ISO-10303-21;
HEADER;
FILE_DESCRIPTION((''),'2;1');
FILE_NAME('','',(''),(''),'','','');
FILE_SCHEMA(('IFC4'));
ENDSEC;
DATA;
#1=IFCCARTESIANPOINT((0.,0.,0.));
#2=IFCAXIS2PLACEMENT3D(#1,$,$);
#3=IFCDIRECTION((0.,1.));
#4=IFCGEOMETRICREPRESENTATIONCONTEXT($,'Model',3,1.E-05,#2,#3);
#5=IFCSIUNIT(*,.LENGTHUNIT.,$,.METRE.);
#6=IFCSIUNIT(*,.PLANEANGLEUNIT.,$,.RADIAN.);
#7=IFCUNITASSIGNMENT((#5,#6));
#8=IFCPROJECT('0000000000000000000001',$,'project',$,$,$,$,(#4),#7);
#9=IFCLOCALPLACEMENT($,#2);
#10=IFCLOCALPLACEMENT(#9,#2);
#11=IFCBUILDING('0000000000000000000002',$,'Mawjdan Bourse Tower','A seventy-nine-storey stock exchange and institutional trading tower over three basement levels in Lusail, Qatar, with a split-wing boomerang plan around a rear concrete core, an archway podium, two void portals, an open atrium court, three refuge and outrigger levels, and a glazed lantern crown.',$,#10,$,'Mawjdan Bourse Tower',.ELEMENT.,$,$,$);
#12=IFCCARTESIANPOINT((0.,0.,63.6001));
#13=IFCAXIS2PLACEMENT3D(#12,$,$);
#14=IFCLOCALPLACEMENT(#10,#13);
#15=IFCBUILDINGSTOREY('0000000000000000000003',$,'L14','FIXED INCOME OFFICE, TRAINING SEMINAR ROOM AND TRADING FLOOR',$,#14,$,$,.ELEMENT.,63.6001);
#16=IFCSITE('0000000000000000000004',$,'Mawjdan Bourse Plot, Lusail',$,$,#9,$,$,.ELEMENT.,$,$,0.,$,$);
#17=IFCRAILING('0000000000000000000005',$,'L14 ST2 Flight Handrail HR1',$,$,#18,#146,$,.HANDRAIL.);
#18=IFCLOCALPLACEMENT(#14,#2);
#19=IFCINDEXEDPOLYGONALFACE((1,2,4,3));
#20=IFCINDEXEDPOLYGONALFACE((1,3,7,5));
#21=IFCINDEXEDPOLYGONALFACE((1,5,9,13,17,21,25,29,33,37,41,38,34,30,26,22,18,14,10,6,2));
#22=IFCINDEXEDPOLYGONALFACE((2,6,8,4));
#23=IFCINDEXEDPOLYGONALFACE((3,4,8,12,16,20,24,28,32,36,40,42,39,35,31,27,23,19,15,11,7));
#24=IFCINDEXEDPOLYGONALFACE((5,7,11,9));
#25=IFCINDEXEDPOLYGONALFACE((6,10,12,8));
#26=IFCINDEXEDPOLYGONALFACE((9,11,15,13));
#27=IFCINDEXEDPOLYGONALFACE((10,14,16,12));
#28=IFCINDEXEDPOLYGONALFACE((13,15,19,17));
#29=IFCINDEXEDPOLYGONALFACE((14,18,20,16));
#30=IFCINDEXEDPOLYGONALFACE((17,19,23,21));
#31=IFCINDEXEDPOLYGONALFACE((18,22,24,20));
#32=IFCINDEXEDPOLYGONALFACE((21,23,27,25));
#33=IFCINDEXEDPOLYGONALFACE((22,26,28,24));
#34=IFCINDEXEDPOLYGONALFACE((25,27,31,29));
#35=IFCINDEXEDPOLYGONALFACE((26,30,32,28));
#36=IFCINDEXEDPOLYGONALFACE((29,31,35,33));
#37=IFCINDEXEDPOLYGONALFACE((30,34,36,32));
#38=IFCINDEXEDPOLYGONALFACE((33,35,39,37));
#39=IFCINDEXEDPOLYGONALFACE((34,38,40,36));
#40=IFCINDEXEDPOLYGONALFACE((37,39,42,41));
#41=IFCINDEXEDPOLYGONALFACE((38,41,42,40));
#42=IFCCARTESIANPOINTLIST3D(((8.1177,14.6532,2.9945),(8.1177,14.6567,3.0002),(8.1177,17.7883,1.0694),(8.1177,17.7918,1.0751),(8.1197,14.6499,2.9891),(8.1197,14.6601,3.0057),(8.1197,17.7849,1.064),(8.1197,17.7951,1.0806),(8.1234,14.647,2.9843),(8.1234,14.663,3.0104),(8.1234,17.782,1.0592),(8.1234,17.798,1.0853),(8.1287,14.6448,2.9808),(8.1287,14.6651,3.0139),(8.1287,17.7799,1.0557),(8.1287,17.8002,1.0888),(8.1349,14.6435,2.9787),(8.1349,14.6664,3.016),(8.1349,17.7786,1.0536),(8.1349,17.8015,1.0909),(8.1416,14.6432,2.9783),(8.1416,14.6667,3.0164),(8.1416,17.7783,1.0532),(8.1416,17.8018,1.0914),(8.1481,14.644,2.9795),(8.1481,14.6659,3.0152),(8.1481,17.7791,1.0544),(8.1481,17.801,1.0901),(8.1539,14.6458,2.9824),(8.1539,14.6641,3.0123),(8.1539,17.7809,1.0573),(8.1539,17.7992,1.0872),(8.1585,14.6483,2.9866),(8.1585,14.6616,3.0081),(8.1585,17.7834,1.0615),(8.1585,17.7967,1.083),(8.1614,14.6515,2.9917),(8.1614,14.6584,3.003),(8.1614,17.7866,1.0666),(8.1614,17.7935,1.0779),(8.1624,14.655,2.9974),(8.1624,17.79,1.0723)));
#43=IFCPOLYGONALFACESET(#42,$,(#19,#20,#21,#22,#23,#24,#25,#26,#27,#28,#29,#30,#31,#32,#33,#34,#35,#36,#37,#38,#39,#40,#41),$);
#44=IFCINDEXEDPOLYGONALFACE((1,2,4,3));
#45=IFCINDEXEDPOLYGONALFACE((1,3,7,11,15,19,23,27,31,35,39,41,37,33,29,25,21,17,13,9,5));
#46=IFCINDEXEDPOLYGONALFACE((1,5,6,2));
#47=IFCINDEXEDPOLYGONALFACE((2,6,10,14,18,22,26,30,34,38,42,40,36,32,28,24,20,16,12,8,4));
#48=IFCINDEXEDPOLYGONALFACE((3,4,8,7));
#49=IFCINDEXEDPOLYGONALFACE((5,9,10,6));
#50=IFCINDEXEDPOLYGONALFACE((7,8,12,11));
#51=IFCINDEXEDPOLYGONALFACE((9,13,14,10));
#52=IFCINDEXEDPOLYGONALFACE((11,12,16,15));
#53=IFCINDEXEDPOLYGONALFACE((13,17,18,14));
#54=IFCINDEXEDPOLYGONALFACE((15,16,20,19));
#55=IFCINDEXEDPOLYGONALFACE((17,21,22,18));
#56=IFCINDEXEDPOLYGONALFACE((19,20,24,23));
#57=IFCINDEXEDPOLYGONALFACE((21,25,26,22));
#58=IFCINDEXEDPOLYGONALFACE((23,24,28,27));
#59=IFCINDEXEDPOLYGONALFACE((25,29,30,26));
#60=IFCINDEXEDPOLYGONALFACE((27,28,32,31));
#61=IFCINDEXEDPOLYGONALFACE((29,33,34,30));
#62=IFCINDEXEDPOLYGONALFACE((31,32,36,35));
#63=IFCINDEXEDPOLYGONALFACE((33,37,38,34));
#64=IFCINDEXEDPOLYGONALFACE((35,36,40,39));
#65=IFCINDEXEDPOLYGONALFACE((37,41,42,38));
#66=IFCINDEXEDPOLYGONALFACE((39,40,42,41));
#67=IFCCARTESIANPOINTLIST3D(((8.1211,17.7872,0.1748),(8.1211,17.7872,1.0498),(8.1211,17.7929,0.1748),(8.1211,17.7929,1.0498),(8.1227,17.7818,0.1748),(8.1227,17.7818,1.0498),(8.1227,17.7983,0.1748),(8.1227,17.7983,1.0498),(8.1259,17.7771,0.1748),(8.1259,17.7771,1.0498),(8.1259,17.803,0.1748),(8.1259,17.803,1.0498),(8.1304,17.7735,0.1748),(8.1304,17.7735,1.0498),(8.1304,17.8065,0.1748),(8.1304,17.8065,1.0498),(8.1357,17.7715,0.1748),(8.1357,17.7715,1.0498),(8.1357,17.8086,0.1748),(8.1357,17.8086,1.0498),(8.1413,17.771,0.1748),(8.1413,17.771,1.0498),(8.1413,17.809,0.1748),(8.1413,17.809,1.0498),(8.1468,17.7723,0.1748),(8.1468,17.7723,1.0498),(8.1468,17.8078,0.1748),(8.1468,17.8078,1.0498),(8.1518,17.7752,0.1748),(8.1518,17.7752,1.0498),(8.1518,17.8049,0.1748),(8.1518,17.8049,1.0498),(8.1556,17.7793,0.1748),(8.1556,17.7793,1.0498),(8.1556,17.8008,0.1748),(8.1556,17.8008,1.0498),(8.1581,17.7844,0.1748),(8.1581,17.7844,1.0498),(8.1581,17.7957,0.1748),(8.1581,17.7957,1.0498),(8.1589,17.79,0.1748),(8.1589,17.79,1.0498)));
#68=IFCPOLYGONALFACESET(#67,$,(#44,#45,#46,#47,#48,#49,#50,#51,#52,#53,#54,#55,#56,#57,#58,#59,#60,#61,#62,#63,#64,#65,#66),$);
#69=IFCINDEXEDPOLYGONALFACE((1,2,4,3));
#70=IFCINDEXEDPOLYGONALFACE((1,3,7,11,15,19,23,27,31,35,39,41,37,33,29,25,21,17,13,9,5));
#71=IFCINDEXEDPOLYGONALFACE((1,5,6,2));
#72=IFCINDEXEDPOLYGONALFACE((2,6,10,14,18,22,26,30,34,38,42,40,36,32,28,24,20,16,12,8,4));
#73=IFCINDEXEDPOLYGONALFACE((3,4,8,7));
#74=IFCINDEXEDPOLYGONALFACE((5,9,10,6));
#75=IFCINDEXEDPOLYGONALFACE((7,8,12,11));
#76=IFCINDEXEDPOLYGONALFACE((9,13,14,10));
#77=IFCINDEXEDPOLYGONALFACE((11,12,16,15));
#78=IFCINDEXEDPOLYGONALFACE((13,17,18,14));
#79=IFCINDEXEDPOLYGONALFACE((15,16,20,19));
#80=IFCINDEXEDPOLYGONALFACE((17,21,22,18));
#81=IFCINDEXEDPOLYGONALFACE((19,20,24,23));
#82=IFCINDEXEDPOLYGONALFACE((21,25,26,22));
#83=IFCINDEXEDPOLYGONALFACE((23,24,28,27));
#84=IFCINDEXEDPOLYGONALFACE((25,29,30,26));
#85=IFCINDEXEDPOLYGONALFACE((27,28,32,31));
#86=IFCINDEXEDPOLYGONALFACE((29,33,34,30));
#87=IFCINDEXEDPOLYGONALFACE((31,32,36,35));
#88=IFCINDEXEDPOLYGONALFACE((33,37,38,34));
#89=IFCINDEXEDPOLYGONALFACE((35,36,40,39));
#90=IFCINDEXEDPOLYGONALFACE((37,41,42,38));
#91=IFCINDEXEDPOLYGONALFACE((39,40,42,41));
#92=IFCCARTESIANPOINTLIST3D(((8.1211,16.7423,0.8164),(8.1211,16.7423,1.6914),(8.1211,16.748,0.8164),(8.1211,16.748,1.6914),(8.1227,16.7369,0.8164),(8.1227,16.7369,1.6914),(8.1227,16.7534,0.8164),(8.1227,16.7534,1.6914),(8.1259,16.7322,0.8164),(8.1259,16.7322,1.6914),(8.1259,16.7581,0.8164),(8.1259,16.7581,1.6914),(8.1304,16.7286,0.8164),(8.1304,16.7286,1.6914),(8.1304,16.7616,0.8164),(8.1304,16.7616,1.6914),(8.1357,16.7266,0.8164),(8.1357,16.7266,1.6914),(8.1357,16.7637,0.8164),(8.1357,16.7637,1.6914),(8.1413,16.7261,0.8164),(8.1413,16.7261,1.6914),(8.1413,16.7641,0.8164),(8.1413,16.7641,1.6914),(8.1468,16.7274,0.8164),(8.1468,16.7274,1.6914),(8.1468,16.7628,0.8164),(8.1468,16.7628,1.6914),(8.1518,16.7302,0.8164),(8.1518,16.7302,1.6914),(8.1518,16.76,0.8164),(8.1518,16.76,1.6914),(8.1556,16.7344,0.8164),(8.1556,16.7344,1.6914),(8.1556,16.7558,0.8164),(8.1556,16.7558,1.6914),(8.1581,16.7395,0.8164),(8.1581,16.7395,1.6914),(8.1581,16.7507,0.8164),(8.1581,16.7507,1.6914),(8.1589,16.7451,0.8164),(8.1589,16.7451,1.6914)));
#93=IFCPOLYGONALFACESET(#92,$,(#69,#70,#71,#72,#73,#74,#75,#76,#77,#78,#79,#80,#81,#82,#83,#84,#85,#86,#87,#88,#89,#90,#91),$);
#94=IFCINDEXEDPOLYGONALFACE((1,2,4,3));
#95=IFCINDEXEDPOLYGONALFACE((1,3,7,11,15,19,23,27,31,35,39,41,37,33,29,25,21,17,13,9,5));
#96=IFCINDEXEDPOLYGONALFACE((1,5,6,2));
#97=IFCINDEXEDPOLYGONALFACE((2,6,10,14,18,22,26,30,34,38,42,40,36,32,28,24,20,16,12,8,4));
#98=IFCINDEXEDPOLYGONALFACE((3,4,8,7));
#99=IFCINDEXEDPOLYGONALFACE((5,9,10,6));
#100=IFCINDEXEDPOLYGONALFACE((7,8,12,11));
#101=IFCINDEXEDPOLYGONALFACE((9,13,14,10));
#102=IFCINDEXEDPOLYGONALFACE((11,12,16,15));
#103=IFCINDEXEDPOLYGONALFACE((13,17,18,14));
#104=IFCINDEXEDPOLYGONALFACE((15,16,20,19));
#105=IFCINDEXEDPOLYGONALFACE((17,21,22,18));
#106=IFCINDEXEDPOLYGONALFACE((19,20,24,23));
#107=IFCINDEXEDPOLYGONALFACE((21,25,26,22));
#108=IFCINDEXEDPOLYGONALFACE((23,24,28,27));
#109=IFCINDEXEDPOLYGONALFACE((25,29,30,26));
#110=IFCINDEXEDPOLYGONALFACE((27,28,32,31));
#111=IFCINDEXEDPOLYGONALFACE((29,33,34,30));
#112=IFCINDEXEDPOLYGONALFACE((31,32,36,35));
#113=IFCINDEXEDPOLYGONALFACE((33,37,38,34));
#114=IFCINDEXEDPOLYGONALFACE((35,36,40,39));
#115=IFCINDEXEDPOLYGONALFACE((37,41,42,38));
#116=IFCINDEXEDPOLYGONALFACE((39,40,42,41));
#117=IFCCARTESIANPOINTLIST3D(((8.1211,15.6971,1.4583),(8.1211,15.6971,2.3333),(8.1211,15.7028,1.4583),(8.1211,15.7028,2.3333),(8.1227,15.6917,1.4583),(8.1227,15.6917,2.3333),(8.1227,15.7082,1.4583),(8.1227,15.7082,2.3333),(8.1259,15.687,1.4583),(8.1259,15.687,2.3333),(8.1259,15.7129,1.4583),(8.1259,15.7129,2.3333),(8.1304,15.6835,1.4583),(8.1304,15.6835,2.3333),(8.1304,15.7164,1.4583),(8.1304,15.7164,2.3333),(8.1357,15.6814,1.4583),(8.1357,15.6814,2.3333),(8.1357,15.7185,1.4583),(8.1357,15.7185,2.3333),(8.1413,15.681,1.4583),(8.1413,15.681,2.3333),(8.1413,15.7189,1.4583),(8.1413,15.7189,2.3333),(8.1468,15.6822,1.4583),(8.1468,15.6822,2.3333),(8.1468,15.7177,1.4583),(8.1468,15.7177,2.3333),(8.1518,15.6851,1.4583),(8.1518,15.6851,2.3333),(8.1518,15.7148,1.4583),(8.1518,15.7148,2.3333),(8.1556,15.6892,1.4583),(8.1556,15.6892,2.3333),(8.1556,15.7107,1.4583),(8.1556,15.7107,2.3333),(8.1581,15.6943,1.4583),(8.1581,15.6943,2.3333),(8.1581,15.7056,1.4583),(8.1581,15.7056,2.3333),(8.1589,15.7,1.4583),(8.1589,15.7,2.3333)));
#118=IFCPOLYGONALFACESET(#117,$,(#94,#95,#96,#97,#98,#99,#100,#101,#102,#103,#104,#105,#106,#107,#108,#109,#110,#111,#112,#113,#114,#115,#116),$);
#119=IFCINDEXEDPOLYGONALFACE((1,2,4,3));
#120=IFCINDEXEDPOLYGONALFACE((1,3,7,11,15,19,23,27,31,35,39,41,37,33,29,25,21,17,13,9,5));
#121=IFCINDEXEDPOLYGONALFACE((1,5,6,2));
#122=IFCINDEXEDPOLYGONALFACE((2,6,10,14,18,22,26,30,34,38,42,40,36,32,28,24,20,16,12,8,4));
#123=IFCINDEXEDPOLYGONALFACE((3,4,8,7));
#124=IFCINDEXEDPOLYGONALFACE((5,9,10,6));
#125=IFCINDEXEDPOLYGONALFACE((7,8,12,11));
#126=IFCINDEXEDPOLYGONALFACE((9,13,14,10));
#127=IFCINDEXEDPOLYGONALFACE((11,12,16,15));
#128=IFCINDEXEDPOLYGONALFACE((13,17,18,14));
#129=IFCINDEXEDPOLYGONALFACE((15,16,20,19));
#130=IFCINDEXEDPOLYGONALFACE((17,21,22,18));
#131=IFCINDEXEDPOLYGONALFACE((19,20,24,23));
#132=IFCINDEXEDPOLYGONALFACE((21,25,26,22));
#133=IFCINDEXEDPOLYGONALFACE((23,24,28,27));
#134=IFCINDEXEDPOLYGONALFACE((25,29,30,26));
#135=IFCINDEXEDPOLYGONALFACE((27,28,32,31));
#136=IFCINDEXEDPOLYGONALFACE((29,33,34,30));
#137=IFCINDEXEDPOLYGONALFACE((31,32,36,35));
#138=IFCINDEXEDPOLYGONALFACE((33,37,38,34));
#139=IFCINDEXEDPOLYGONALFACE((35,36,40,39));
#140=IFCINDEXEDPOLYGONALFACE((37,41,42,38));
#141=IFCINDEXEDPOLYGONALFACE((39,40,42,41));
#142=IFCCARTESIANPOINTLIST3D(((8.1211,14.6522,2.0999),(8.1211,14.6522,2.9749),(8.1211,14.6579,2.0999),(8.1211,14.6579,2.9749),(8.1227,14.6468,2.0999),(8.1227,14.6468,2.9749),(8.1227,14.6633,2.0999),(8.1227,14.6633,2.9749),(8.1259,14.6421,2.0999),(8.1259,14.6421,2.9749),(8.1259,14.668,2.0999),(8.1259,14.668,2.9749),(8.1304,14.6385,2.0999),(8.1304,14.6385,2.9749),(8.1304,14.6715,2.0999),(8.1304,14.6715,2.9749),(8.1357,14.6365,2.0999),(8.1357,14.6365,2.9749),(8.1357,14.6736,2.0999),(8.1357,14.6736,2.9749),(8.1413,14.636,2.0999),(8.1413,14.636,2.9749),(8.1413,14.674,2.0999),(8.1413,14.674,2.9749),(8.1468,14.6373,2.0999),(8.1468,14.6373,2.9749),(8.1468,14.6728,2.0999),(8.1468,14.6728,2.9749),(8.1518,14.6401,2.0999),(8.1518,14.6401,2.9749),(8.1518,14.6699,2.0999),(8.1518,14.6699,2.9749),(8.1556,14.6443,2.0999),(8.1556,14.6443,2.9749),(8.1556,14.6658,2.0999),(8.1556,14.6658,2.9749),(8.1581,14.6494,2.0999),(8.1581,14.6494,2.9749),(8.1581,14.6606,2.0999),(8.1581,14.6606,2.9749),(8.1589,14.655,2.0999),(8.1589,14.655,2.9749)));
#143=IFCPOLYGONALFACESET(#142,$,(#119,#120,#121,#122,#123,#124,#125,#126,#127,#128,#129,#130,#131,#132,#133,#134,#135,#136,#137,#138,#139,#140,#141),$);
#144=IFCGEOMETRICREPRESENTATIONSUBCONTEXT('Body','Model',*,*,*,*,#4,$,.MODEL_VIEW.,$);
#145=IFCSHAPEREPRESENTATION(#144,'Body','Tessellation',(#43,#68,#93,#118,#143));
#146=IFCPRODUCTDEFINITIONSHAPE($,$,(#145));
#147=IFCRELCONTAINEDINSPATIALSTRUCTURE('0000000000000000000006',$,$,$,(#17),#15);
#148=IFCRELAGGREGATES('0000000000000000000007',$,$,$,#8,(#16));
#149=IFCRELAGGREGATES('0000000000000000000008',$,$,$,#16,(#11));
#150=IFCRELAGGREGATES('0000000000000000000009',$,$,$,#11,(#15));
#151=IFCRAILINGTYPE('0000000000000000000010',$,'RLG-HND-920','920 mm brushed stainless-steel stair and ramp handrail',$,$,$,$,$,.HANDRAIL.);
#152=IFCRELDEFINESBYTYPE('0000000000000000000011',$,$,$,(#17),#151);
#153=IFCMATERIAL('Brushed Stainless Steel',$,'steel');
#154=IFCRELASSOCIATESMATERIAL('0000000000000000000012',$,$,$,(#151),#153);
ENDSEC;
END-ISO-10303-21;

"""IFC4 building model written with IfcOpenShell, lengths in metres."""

from ifc_helpers import new_model, si_unit, direction, frame, origin, origin_2d, place, context, subcontext, project, spatial, circle, extrude, material, type_object, element, save


model = new_model("IFC4")

# Units and contexts
model_context = context("Model", 3, precision=1e-05, world=origin(), true_north=direction((0.0, 1.0)))
body_context = subcontext(model_context, "Body", "Model", "MODEL_VIEW")
ifc_project = project(units=[si_unit("LENGTHUNIT", "METRE"), si_unit("PLANEANGLEUNIT", "RADIAN")], contexts=[model_context])

# Site, building, storey
site_placement = place(None, origin())
site = spatial("IfcSite", under=ifc_project, at=site_placement, Name="Mawjdan Bourse Plot, Lusail", CompositionType="ELEMENT", RefElevation=0.0)
building_placement = place(site_placement, origin())
building = spatial("IfcBuilding", under=site, at=building_placement, Name="Mawjdan Bourse Tower", Description="A seventy-nine-storey stock exchange and institutional trading tower over three basement levels in Lusail, Qatar, with a split-wing boomerang plan around a rear concrete core, an archway podium, two void portals, an open atrium court, three refuge and outrigger levels, and a glazed lantern crown.", LongName="Mawjdan Bourse Tower", CompositionType="ELEMENT")
storey_placement = place(building_placement, frame((0.0, 0.0, 63.6001)))
storey = spatial("IfcBuildingStorey", under=building, at=storey_placement, Name="L14", Description="FIXED INCOME OFFICE, TRAINING SEMINAR ROOM AND TRADING FLOOR", CompositionType="ELEMENT", Elevation=63.6001)

# Railing
ifc_material_1 = material(Name="Brushed Stainless Steel", Category="steel")
railing_type_1 = type_object("IfcRailingType", Name="RLG-HND-920", Description="920 mm brushed stainless-steel stair and ramp handrail", PredefinedType="HANDRAIL", material=ifc_material_1)
railing_1_placement = place(storey_placement, frame((8.1399, 17.79, 0.1748)))
element("IfcRailing", 1, at=railing_1_placement, inside=storey, type_object=railing_type_1, Name="L14 ST2 Flight Handrail HR1", PredefinedType="HANDRAIL", context=body_context, shape_type="SweptSolid", body=[
    extrude(circle(Radius=0.0225, at=origin_2d()), frame((0.0, 0.0, 0.8975), z_axis=(0.0, -0.852166, 0.523271), x_axis=(1.0, 0.0, 0.0)), (0.0, 0.0, 1.0), 3.679),
    extrude(circle(Radius=0.019, at=origin_2d()), origin(), (0.0, 0.0, 1.0), 0.875),
    extrude(circle(Radius=0.019, at=origin_2d()), frame((0.0, -1.0449, 0.6416)), (0.0, 0.0, 1.0), 0.875),
    extrude(circle(Radius=0.019, at=origin_2d()), frame((0.0, -2.0901, 1.2834)), (0.0, 0.0, 1.0), 0.875),
    extrude(circle(Radius=0.019, at=origin_2d()), frame((0.0, -3.135, 1.925)), (0.0, 0.0, 1.0), 0.875),
])

save(model, "model.ifc")
